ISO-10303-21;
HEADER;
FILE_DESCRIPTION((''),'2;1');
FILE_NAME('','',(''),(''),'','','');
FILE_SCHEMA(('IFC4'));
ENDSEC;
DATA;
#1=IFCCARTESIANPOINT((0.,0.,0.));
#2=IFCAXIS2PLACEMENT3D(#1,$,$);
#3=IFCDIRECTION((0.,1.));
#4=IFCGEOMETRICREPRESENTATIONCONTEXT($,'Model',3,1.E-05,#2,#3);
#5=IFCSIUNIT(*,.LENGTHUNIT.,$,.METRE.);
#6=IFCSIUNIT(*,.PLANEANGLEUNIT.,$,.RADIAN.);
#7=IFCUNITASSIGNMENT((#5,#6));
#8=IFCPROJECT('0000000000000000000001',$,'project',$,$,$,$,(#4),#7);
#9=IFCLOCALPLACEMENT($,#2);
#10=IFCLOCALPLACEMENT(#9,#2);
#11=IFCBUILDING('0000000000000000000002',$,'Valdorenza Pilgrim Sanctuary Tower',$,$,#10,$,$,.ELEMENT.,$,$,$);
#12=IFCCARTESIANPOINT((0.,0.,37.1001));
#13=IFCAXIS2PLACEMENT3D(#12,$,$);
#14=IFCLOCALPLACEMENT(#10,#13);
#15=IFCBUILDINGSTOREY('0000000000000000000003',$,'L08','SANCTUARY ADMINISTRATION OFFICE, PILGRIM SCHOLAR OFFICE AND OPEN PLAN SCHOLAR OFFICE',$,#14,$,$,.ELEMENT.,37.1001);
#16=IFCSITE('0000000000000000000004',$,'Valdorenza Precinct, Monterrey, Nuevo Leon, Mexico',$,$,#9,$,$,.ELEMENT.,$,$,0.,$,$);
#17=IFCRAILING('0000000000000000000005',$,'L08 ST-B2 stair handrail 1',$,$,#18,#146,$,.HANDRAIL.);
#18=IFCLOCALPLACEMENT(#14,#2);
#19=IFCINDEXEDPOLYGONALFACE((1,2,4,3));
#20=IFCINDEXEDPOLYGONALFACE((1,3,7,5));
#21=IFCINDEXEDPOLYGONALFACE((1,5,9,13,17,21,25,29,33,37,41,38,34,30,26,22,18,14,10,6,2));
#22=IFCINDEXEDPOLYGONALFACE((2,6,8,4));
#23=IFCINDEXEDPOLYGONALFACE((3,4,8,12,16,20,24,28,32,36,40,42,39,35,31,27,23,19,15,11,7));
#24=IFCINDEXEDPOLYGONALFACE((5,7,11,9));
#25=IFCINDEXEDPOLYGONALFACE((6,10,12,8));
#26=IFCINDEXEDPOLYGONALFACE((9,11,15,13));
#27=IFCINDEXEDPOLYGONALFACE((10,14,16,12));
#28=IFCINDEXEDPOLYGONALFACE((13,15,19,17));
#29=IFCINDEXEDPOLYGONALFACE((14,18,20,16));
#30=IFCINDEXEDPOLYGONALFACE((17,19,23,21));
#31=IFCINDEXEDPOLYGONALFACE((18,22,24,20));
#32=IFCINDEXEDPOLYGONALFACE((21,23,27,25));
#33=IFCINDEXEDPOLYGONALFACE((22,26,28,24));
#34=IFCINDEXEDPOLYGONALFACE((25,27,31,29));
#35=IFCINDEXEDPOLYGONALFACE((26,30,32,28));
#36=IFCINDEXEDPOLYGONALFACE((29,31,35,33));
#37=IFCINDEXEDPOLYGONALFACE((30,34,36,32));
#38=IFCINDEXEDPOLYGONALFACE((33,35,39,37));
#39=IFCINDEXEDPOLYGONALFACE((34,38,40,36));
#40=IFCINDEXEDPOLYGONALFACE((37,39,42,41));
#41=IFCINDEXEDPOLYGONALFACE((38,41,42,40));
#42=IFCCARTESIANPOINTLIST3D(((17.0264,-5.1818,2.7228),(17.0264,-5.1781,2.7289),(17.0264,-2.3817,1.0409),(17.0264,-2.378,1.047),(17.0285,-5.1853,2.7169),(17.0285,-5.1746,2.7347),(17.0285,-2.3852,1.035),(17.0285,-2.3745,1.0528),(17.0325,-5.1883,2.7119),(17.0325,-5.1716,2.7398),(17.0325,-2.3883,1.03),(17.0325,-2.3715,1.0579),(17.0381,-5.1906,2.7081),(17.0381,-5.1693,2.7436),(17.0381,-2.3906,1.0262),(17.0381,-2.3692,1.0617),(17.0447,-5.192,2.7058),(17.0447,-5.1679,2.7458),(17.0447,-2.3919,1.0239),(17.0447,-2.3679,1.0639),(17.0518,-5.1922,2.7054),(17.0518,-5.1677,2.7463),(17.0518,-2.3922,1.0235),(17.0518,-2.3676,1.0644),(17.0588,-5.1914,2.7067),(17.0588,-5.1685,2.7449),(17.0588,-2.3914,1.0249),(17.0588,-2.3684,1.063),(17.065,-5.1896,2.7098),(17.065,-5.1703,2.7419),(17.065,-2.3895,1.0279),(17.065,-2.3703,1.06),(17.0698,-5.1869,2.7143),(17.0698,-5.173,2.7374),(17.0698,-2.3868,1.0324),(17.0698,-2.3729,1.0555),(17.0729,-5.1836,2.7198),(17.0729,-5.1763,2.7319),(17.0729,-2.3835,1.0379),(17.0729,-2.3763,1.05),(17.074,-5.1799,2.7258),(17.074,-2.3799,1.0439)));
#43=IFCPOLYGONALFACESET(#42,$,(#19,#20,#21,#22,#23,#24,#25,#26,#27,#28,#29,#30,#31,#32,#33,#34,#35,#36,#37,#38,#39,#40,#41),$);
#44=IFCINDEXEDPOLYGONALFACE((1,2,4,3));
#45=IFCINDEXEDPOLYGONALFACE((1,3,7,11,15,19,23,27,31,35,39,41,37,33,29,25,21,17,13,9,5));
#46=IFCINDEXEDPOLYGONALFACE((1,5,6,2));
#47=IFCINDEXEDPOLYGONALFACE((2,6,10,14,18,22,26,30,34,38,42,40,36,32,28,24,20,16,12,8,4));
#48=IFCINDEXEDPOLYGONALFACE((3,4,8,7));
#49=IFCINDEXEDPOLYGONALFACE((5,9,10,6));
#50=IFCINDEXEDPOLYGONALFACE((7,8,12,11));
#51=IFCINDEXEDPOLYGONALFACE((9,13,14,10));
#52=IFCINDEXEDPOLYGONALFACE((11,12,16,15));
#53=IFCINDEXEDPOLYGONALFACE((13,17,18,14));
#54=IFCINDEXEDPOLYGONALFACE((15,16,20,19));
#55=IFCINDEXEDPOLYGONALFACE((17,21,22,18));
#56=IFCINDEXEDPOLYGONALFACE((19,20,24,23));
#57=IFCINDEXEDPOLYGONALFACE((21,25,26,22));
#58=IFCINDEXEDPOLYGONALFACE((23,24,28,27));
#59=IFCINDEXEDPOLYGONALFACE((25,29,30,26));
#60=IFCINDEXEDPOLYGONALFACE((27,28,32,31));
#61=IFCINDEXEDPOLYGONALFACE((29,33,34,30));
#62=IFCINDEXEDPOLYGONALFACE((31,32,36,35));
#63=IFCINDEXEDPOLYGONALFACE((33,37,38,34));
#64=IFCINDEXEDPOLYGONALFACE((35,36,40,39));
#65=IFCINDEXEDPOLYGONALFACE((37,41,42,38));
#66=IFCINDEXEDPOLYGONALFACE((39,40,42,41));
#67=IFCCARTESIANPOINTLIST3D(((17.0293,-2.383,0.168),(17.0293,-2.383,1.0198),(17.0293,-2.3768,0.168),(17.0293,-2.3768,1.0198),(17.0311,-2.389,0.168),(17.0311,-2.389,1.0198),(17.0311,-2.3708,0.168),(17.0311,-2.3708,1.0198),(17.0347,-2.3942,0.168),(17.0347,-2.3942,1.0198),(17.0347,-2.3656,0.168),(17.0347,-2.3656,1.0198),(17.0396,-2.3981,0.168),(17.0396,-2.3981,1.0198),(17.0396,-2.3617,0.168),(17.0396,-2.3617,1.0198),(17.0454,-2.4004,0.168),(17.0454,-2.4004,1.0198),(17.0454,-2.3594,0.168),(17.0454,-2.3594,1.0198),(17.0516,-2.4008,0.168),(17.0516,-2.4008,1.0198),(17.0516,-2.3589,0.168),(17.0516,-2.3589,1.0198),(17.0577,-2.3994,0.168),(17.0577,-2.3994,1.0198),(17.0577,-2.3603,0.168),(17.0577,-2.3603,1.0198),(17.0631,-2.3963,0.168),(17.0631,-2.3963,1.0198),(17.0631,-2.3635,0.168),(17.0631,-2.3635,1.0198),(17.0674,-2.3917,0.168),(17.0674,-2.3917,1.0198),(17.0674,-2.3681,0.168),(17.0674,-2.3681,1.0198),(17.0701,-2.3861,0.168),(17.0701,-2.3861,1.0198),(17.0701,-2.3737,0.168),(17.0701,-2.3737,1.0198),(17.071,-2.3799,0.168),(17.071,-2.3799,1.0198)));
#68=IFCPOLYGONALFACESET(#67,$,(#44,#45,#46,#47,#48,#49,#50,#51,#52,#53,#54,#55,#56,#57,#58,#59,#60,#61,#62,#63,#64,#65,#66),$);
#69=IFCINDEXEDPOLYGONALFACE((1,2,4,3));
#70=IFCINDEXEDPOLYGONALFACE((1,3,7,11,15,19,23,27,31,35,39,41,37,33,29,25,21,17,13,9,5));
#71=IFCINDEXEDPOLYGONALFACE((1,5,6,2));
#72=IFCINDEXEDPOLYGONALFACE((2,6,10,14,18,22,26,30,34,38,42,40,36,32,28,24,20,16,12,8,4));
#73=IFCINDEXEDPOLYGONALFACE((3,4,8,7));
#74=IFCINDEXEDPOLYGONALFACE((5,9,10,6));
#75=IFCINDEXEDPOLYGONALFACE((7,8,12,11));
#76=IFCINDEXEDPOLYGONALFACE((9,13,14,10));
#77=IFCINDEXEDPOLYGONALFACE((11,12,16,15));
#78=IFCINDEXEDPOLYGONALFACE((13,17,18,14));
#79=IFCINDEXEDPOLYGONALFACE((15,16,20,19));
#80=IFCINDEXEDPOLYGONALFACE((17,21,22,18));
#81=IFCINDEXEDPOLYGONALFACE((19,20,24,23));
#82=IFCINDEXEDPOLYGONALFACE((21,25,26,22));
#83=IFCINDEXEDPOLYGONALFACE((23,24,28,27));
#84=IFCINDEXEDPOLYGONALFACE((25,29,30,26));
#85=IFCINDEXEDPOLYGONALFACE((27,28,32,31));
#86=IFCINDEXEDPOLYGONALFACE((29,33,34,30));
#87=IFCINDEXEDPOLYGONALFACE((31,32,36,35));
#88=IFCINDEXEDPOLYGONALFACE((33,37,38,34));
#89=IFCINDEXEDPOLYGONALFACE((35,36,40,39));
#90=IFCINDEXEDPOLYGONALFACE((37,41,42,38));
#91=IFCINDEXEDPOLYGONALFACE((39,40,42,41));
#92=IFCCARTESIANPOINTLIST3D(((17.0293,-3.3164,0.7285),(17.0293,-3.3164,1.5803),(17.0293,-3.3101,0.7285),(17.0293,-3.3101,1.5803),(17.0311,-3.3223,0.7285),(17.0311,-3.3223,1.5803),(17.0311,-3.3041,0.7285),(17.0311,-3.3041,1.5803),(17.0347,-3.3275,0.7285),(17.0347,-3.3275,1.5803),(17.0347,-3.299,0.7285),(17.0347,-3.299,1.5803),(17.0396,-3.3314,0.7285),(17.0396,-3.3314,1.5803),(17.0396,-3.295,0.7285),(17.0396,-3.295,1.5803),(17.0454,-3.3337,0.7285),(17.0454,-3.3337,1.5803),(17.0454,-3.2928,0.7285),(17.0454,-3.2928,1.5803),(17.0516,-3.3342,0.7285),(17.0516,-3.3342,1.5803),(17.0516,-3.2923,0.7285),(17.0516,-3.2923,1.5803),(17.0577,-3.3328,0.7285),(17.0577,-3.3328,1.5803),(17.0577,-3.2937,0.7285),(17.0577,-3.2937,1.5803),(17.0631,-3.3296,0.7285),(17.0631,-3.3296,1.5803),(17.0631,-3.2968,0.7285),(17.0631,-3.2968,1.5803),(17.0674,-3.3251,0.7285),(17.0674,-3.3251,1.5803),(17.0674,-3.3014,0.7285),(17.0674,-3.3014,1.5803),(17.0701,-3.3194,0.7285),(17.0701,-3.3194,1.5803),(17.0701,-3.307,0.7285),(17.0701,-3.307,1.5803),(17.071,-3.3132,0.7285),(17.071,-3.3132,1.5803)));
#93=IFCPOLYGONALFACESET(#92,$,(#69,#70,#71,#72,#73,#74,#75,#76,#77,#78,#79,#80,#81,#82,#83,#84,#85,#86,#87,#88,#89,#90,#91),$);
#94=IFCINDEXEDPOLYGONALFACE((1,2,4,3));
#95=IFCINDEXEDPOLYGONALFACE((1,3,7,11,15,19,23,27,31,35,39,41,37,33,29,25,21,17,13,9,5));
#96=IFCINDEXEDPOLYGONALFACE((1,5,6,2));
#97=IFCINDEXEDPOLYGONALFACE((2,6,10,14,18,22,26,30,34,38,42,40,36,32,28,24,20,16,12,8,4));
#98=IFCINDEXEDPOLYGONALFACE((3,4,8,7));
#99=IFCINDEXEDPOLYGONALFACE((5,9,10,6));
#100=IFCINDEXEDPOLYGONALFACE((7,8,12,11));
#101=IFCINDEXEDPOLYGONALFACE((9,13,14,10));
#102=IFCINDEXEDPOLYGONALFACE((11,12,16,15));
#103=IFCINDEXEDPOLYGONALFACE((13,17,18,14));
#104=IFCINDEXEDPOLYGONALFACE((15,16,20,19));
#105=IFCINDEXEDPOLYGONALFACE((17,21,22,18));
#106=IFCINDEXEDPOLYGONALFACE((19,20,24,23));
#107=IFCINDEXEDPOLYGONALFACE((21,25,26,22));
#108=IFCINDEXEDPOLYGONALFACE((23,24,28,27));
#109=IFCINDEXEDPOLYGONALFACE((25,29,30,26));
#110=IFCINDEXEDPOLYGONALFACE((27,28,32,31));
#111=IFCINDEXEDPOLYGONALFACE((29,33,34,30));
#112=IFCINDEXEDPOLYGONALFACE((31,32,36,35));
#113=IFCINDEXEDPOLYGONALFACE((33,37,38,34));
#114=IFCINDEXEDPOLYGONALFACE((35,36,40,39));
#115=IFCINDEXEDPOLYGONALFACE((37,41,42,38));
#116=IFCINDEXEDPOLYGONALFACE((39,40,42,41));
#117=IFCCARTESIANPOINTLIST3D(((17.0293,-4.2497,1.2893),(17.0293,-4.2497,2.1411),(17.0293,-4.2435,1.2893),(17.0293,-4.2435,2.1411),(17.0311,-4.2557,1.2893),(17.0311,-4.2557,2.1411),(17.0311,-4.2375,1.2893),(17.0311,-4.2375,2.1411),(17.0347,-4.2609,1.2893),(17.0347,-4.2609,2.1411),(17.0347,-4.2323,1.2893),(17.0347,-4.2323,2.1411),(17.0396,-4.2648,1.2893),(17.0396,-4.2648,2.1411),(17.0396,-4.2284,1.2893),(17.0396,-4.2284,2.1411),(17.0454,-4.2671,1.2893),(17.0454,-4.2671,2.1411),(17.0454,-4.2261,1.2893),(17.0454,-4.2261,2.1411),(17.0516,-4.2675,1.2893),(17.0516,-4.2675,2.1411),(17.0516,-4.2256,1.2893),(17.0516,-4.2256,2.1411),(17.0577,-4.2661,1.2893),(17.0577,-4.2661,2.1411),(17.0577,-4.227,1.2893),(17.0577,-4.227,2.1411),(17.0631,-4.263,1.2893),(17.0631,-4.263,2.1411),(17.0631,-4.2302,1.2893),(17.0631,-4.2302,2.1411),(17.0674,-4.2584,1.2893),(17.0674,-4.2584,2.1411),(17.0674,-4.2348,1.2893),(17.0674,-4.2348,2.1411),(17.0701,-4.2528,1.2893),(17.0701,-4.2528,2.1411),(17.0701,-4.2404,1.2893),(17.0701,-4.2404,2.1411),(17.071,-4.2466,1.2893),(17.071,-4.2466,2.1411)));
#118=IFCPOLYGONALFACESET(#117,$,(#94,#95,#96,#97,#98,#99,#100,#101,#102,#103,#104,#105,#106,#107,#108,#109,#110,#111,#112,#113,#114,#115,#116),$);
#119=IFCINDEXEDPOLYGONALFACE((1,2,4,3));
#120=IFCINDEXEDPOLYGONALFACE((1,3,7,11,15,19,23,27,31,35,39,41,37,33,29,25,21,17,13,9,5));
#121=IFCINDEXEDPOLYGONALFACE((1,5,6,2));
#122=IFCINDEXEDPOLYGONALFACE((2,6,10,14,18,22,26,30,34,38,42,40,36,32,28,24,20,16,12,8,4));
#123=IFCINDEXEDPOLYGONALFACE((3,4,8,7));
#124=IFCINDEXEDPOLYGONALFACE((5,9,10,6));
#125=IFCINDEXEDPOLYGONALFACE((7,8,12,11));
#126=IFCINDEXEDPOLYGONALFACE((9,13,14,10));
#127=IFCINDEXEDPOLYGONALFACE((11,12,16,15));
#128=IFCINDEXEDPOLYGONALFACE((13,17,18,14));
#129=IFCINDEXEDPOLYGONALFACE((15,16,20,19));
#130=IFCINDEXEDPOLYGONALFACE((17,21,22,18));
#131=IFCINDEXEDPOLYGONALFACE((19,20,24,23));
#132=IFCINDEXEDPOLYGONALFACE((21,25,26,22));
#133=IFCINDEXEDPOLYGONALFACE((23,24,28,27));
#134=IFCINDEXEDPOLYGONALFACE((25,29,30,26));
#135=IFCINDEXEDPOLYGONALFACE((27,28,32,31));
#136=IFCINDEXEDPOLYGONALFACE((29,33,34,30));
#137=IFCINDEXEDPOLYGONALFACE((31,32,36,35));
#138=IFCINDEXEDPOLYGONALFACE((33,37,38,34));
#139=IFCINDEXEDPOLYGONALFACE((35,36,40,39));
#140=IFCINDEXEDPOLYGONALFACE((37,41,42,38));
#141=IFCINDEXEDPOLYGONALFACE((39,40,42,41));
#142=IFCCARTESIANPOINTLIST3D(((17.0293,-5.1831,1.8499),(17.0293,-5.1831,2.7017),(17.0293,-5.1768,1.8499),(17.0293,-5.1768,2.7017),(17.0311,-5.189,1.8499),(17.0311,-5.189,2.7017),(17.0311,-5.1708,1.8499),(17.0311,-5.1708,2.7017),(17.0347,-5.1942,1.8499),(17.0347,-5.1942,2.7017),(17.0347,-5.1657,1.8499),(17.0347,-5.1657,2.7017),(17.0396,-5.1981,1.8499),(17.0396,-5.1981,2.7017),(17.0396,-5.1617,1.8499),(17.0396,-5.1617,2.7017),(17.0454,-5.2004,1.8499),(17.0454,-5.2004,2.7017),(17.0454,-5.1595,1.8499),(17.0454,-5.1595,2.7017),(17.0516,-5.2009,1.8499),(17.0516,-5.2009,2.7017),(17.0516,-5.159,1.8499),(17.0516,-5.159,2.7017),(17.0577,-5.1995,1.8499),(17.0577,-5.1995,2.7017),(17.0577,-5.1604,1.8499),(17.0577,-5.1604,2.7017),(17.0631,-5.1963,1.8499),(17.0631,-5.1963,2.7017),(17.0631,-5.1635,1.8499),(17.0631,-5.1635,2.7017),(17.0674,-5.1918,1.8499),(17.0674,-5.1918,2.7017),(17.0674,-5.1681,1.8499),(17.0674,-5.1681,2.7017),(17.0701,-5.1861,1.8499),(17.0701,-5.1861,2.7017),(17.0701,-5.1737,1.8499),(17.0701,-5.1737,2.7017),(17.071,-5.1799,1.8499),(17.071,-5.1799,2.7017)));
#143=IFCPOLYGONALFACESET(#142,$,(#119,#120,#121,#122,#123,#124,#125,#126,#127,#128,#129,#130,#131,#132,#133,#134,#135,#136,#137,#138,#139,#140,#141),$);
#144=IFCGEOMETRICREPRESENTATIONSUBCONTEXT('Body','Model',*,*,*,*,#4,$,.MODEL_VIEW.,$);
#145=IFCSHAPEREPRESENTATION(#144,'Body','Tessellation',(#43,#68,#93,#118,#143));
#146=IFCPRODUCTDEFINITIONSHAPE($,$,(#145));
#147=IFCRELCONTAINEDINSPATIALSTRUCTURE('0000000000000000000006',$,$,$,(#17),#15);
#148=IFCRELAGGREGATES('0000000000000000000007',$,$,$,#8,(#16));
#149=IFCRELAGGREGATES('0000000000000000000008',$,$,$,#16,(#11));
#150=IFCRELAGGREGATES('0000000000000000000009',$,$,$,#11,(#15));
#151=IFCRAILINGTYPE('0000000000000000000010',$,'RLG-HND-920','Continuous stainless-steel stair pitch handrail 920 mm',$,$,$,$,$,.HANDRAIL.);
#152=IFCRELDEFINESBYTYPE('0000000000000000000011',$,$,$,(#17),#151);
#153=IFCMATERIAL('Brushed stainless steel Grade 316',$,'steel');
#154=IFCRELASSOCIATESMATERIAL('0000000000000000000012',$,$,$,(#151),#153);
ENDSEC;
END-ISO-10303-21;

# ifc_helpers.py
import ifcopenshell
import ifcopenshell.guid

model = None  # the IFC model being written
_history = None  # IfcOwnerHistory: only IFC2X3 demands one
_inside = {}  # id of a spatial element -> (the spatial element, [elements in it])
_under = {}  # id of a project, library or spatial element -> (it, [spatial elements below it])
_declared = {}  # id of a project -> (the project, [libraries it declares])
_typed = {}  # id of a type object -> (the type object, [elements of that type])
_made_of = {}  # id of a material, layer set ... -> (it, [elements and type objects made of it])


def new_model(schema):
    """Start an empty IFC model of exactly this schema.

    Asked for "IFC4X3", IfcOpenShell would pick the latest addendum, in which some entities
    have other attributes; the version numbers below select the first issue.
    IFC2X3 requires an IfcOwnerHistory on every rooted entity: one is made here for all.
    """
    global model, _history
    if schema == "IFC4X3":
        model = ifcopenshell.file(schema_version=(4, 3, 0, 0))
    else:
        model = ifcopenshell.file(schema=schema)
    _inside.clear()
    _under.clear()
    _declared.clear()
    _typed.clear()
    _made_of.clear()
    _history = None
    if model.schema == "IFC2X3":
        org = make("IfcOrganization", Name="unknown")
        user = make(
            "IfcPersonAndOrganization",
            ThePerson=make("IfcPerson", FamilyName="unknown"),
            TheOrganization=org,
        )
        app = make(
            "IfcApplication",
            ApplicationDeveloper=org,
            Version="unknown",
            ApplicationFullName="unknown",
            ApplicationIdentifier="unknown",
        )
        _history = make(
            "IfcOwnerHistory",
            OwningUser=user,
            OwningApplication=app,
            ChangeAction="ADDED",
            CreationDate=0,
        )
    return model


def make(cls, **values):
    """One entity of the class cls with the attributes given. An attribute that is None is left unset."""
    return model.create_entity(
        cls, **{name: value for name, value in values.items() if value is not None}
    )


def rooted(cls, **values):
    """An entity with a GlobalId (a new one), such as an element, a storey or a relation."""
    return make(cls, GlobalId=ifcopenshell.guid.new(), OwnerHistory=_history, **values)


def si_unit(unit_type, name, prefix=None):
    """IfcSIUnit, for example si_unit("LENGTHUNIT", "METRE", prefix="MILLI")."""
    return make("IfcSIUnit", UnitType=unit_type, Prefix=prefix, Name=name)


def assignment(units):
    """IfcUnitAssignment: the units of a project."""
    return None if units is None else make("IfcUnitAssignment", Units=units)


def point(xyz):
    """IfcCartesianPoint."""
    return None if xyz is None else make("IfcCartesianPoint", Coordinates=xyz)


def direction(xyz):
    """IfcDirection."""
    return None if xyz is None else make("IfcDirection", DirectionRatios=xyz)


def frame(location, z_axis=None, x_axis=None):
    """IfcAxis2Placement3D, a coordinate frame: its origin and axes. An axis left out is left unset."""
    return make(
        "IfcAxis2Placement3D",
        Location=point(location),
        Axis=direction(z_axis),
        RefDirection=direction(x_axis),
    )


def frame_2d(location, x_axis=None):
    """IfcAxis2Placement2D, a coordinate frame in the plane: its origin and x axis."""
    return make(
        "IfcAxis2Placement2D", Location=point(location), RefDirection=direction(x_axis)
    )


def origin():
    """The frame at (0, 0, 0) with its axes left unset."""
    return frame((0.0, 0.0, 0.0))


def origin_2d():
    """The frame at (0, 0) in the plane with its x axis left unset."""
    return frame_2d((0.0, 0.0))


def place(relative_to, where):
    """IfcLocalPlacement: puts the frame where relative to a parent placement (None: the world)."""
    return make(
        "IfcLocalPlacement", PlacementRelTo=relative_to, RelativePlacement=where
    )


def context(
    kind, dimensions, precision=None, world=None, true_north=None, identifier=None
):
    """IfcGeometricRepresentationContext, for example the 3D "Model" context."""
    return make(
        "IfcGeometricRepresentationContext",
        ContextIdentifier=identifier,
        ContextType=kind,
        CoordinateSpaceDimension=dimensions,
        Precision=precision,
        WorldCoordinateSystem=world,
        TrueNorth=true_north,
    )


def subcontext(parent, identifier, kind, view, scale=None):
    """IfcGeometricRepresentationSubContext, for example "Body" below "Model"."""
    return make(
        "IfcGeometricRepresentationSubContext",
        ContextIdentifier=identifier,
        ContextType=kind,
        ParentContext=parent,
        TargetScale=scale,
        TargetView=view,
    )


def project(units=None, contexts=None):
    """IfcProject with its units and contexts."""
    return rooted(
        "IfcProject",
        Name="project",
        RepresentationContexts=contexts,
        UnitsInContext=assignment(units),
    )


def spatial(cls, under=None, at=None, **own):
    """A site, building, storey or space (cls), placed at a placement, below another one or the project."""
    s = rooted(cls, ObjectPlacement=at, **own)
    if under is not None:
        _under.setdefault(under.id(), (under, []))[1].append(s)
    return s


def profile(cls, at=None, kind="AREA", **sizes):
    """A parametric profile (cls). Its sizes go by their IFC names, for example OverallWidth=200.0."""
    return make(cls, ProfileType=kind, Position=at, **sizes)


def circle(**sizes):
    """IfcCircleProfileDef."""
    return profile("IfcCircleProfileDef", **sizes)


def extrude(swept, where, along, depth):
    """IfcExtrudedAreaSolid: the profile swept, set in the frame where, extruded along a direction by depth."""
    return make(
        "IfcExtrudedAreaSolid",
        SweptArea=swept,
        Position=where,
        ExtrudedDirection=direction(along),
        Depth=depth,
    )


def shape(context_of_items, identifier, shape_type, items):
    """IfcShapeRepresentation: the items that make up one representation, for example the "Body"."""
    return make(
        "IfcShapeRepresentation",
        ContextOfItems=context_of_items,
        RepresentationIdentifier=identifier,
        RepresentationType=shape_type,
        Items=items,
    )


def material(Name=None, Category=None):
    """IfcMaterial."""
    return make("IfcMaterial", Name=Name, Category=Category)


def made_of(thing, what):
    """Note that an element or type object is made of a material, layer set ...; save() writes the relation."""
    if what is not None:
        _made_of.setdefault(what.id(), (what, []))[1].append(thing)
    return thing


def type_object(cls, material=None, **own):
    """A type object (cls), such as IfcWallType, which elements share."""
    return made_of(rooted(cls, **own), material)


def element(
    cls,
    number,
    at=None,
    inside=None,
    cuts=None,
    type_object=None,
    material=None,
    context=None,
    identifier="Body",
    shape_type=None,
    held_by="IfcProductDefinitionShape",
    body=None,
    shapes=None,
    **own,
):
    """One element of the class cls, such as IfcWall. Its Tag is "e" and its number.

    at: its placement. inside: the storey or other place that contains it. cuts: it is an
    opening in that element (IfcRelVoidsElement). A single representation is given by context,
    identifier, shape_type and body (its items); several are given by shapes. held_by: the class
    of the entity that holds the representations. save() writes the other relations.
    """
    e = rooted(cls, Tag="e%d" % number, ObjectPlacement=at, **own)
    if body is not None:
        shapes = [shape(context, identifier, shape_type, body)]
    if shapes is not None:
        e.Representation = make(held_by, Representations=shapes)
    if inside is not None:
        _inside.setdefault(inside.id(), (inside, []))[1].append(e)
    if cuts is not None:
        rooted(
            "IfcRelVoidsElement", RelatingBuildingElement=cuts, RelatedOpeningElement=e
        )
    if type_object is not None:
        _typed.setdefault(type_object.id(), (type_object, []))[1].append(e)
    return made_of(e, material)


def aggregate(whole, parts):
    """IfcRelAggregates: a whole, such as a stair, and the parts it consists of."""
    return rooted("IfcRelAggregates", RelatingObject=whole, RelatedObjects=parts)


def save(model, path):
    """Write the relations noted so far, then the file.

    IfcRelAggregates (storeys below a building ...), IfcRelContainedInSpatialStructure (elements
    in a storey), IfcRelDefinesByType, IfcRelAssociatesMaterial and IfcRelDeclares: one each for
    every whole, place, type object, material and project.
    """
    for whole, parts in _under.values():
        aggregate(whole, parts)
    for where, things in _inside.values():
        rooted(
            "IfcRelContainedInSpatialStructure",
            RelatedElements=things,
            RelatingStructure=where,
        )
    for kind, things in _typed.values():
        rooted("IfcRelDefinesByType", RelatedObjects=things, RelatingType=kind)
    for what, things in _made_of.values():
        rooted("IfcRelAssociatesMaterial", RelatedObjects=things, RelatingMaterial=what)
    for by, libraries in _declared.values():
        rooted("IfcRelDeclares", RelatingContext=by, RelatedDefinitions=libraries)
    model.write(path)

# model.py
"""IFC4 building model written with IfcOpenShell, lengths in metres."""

from ifc_helpers import new_model, si_unit, direction, frame, origin, origin_2d, place, context, subcontext, project, spatial, circle, extrude, material, type_object, element, save


model = new_model("IFC4")

# Units and contexts
model_context = context("Model", 3, precision=1e-05, world=origin(), true_north=direction((0.0, 1.0)))
body_context = subcontext(model_context, "Body", "Model", "MODEL_VIEW")
ifc_project = project(units=[si_unit("LENGTHUNIT", "METRE"), si_unit("PLANEANGLEUNIT", "RADIAN")], contexts=[model_context])

# Site, building, storey
site_placement = place(None, origin())
site = spatial("IfcSite", under=ifc_project, at=site_placement, Name="Valdorenza Precinct, Monterrey, Nuevo Leon, Mexico", CompositionType="ELEMENT", RefElevation=0.0)
building_placement = place(site_placement, origin())
building = spatial("IfcBuilding", under=site, at=building_placement, Name="Valdorenza Pilgrim Sanctuary Tower", CompositionType="ELEMENT")
storey_placement = place(building_placement, frame((0.0, 0.0, 37.1001)))
storey = spatial("IfcBuildingStorey", under=building, at=storey_placement, Name="L08", Description="SANCTUARY ADMINISTRATION OFFICE, PILGRIM SCHOLAR OFFICE AND OPEN PLAN SCHOLAR OFFICE", CompositionType="ELEMENT", Elevation=37.1001)

# Shared definitions
ifc_material_1 = material(Name="Brushed stainless steel Grade 316", Category="steel")

# Railing
railing_type_1 = type_object("IfcRailingType", Name="RLG-HND-920", Description="Continuous stainless-steel stair pitch handrail 920 mm", PredefinedType="HANDRAIL", material=ifc_material_1)
railing_1_placement = place(storey_placement, frame((17.05, -2.3799, 0.168)))
element("IfcRailing", 1, at=railing_1_placement, inside=storey, type_object=railing_type_1, Name="L08 ST-B2 stair handrail 1", PredefinedType="HANDRAIL", context=body_context, shape_type="SweptSolid", body=[
    extrude(circle(Radius=0.0239, at=origin_2d()), frame((0.0, 0.0, 0.876), z_axis=(0.0, -0.857242, 0.514913), x_axis=(1.0, 0.0, 0.0)), (0.0, 0.0, 1.0), 3.2664),
    extrude(circle(Radius=0.021, at=origin_2d()), origin(), (0.0, 0.0, 1.0), 0.8518),
    extrude(circle(Radius=0.021, at=origin_2d()), frame((0.0, -0.9333, 0.5605)), (0.0, 0.0, 1.0), 0.8518),
    extrude(circle(Radius=0.021, at=origin_2d()), frame((0.0, -1.8667, 1.1213)), (0.0, 0.0, 1.0), 0.8518),
    extrude(circle(Radius=0.021, at=origin_2d()), frame((0.0, -2.8, 1.6819)), (0.0, 0.0, 1.0), 0.8518),
])

save(model, "model.ifc")
